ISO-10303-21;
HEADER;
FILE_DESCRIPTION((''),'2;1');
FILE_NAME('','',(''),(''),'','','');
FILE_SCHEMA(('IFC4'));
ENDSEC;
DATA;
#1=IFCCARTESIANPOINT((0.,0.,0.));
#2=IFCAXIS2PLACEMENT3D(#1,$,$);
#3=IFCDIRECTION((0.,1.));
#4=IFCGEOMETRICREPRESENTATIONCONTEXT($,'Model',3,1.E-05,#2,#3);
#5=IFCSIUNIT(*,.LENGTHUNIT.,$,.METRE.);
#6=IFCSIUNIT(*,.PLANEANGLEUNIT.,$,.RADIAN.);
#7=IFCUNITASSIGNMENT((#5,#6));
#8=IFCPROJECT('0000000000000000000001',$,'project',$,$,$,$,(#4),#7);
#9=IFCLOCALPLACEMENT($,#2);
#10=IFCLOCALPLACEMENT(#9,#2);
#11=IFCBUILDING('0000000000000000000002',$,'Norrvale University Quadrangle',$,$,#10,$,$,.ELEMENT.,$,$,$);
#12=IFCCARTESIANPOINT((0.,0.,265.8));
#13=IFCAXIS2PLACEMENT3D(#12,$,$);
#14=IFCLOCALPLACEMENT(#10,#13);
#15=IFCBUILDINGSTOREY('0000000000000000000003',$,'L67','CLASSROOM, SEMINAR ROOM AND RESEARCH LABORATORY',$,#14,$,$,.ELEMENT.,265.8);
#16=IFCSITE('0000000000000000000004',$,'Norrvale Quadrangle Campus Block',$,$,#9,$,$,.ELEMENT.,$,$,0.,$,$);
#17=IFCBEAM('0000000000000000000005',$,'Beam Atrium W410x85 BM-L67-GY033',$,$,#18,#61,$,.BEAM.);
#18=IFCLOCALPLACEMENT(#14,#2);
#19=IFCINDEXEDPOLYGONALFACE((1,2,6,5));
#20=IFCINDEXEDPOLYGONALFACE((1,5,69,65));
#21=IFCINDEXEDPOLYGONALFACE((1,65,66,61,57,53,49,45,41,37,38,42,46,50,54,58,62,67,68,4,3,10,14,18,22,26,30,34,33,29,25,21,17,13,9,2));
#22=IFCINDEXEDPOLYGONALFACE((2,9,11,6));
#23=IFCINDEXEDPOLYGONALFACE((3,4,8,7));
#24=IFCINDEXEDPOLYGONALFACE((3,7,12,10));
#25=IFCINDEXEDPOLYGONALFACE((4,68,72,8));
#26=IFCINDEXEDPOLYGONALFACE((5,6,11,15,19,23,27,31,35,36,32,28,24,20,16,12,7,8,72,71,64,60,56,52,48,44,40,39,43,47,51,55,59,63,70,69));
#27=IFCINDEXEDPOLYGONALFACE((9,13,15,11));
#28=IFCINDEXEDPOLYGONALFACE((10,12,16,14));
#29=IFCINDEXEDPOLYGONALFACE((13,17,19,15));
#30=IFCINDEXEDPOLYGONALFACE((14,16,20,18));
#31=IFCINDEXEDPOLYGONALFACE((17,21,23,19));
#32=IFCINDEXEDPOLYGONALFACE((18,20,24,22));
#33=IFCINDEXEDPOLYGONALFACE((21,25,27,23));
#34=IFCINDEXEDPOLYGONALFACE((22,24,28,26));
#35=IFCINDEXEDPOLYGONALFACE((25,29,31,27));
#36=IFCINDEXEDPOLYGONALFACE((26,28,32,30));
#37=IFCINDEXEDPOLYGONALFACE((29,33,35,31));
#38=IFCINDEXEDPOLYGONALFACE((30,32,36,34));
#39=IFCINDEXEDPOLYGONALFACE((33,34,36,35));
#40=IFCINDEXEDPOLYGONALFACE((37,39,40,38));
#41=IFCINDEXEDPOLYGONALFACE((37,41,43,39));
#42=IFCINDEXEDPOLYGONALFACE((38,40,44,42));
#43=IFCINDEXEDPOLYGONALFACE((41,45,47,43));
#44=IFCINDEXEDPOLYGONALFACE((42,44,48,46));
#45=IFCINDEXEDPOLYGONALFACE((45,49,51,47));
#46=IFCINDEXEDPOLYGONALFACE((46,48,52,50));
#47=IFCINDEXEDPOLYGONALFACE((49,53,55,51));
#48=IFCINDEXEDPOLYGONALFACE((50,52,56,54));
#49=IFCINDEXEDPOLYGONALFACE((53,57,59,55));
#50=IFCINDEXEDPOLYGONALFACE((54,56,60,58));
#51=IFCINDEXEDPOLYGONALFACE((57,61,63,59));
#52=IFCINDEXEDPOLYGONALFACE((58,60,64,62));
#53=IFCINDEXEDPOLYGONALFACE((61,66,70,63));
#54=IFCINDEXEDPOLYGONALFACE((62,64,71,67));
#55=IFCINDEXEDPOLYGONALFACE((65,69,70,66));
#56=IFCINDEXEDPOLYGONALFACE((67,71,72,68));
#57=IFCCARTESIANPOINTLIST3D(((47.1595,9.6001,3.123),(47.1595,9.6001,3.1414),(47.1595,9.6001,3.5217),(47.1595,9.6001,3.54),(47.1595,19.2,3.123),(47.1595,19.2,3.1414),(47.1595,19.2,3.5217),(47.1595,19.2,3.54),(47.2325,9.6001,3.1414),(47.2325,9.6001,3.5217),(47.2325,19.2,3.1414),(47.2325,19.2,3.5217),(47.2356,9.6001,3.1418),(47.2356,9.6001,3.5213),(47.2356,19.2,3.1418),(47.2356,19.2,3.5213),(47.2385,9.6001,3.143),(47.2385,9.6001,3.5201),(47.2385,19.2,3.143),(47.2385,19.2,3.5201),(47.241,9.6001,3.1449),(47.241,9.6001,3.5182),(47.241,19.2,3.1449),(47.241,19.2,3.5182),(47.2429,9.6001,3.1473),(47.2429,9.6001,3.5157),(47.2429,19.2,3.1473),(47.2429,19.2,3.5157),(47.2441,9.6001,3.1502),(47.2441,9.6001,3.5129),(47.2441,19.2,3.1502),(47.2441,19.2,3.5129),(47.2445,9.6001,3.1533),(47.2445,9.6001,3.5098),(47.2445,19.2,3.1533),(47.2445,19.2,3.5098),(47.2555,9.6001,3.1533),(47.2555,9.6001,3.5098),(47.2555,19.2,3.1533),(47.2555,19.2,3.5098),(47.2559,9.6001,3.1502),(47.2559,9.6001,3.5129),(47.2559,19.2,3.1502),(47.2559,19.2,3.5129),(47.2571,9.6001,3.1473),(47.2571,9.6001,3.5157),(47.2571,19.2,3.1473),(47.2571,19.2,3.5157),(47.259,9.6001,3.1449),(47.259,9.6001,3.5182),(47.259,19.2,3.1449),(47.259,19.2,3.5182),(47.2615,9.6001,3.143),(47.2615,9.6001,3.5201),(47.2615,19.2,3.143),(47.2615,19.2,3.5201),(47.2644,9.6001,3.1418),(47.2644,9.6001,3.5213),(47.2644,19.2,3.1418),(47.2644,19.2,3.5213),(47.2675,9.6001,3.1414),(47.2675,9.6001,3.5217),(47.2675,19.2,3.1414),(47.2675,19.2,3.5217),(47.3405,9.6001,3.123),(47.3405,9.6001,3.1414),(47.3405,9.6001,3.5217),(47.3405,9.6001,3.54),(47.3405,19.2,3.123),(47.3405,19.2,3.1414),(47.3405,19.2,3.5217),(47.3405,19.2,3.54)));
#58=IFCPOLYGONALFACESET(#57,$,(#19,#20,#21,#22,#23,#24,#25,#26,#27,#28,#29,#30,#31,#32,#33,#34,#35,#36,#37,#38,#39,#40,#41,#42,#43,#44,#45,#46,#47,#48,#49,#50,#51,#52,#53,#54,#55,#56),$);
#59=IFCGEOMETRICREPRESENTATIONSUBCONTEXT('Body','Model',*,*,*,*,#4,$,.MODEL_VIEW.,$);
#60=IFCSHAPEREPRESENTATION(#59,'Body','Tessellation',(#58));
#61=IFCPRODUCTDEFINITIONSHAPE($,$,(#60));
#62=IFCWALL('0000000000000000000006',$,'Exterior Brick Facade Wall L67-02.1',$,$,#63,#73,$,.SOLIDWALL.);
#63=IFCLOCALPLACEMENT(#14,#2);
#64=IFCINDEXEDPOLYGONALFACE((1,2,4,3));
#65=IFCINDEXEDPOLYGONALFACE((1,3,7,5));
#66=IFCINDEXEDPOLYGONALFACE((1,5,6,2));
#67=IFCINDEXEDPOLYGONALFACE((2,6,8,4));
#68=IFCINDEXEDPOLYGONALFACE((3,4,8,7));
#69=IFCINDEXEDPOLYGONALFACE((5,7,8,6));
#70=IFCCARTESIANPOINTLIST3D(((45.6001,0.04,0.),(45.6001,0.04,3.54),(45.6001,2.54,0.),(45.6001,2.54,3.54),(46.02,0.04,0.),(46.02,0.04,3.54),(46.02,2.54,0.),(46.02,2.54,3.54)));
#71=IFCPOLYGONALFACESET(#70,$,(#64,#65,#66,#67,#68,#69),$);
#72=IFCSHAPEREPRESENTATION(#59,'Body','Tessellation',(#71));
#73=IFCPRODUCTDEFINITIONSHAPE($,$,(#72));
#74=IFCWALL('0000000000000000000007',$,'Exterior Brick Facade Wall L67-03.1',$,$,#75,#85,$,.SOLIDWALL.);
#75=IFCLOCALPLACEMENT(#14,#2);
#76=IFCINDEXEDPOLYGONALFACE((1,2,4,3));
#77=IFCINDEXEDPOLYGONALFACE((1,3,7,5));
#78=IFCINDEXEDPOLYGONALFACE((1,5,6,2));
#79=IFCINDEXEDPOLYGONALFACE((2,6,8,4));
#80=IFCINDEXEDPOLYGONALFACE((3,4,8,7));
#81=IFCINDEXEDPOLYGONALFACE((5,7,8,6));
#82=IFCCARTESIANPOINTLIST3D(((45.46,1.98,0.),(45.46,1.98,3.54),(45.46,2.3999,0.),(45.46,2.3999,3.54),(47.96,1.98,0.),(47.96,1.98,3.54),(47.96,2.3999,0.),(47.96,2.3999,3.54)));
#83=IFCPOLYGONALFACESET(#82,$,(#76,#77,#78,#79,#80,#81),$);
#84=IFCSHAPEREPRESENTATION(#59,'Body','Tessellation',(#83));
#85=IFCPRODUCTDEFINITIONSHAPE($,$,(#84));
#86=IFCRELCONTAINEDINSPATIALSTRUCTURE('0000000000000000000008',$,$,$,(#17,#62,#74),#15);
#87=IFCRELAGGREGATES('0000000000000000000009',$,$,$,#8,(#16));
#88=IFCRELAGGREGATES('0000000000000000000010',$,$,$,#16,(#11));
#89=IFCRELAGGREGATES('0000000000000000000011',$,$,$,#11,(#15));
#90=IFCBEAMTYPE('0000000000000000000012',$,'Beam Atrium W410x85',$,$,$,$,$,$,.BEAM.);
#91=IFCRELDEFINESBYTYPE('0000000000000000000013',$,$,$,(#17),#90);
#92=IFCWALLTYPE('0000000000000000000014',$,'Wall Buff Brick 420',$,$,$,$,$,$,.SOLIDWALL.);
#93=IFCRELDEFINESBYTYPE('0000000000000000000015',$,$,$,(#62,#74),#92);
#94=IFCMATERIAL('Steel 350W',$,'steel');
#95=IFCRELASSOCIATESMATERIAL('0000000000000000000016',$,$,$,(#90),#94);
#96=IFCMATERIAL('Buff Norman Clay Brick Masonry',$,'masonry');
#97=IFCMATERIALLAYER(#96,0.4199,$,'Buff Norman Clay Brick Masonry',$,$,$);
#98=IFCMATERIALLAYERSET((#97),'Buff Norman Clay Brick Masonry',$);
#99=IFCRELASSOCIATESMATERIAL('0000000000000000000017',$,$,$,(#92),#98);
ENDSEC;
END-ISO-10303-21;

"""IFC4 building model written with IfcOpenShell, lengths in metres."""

from ifc_helpers import new_model, si_unit, direction, frame, frame_2d, origin, origin_2d, place, context, subcontext, project, spatial, rectangle, i_section, extrude, material, layer, layer_set, material_profile, profile_set, type_object, element, save


model = new_model("IFC4")

# Units and contexts
model_context = context("Model", 3, precision=1e-05, world=origin(), true_north=direction((0.0, 1.0)))
body_context = subcontext(model_context, "Body", "Model", "MODEL_VIEW")
ifc_project = project(units=[si_unit("LENGTHUNIT", "METRE"), si_unit("PLANEANGLEUNIT", "RADIAN")], contexts=[model_context])

# Site, building, storey
site_placement = place(None, origin())
site = spatial("IfcSite", under=ifc_project, at=site_placement, Name="Norrvale Quadrangle Campus Block", CompositionType="ELEMENT", RefElevation=0.0)
building_placement = place(site_placement, origin())
building = spatial("IfcBuilding", under=site, at=building_placement, Name="Norrvale University Quadrangle", CompositionType="ELEMENT")
storey_placement = place(building_placement, frame((0.0, 0.0, 265.8)))
storey = spatial("IfcBuildingStorey", under=building, at=storey_placement, Name="L67", Description="CLASSROOM, SEMINAR ROOM AND RESEARCH LABORATORY", CompositionType="ELEMENT", Elevation=265.8)

# Beam
ifc_material_1 = material(Name="Steel 350W", Category="steel")
ifc_material_profile_1 = material_profile(ifc_material_1, i_section(OverallWidth=0.1809, OverallDepth=0.417, WebThickness=0.011, FlangeThickness=0.0183, FilletRadius=0.012, at=origin_2d()), Name="Steel 350W")
ifc_profile_set_1 = profile_set([ifc_material_profile_1], Name="Steel 350W")
beam_type = type_object("IfcBeamType", Name="Beam Atrium W410x85", PredefinedType="BEAM", material=ifc_profile_set_1)
for number, where, z_axis, x_axis, name in (
    (1, (47.25, 9.6001, 3.3315), (0.0, 1.0, 0.0), (-1.0, 0.0, 0.0), "Beam Atrium W410x85 BM-L67-GY033"),
):
    element("IfcBeam", number, at=place(storey_placement, frame(where, z_axis=z_axis, x_axis=x_axis)), inside=storey, type_object=beam_type, Name=name, PredefinedType="BEAM", context=body_context, shape_type="SweptSolid", body=[
        extrude(i_section(OverallWidth=0.1809, OverallDepth=0.417, WebThickness=0.011, FlangeThickness=0.0183, FilletRadius=0.012, at=origin_2d()), origin(), (0.0, 0.0, 1.0), 9.5999),
    ])

# Walls
ifc_material_2 = material(Name="Buff Norman Clay Brick Masonry", Category="masonry")
ifc_layer_1 = layer(ifc_material_2, 0.4199, Name="Buff Norman Clay Brick Masonry")
ifc_layer_set_1 = layer_set([ifc_layer_1], Name="Buff Norman Clay Brick Masonry")
wall_type_1 = type_object("IfcWallType", Name="Wall Buff Brick 420", PredefinedType="SOLIDWALL", material=ifc_layer_set_1)
for number, where, z_axis, x_axis, name in (
    (2, (45.8101, 0.04, 0.0), (0.0, 0.0, 1.0), (0.0, 1.0, 0.0), "Exterior Brick Facade Wall L67-02.1"),
    (3, (45.46, 2.1899, 0.0), (0.0, 0.0, 1.0), (1.0, 0.0, 0.0), "Exterior Brick Facade Wall L67-03.1"),
):
    element("IfcWall", number, at=place(storey_placement, frame(where, z_axis=z_axis, x_axis=x_axis)), inside=storey, type_object=wall_type_1, Name=name, PredefinedType="SOLIDWALL", context=body_context, shape_type="SweptSolid", body=[
        extrude(rectangle(XDim=2.5, YDim=0.4199, at=frame_2d((1.25, 0.0))), origin(), (0.0, 0.0, 1.0), 3.54),
    ])

save(model, "model.ifc")
